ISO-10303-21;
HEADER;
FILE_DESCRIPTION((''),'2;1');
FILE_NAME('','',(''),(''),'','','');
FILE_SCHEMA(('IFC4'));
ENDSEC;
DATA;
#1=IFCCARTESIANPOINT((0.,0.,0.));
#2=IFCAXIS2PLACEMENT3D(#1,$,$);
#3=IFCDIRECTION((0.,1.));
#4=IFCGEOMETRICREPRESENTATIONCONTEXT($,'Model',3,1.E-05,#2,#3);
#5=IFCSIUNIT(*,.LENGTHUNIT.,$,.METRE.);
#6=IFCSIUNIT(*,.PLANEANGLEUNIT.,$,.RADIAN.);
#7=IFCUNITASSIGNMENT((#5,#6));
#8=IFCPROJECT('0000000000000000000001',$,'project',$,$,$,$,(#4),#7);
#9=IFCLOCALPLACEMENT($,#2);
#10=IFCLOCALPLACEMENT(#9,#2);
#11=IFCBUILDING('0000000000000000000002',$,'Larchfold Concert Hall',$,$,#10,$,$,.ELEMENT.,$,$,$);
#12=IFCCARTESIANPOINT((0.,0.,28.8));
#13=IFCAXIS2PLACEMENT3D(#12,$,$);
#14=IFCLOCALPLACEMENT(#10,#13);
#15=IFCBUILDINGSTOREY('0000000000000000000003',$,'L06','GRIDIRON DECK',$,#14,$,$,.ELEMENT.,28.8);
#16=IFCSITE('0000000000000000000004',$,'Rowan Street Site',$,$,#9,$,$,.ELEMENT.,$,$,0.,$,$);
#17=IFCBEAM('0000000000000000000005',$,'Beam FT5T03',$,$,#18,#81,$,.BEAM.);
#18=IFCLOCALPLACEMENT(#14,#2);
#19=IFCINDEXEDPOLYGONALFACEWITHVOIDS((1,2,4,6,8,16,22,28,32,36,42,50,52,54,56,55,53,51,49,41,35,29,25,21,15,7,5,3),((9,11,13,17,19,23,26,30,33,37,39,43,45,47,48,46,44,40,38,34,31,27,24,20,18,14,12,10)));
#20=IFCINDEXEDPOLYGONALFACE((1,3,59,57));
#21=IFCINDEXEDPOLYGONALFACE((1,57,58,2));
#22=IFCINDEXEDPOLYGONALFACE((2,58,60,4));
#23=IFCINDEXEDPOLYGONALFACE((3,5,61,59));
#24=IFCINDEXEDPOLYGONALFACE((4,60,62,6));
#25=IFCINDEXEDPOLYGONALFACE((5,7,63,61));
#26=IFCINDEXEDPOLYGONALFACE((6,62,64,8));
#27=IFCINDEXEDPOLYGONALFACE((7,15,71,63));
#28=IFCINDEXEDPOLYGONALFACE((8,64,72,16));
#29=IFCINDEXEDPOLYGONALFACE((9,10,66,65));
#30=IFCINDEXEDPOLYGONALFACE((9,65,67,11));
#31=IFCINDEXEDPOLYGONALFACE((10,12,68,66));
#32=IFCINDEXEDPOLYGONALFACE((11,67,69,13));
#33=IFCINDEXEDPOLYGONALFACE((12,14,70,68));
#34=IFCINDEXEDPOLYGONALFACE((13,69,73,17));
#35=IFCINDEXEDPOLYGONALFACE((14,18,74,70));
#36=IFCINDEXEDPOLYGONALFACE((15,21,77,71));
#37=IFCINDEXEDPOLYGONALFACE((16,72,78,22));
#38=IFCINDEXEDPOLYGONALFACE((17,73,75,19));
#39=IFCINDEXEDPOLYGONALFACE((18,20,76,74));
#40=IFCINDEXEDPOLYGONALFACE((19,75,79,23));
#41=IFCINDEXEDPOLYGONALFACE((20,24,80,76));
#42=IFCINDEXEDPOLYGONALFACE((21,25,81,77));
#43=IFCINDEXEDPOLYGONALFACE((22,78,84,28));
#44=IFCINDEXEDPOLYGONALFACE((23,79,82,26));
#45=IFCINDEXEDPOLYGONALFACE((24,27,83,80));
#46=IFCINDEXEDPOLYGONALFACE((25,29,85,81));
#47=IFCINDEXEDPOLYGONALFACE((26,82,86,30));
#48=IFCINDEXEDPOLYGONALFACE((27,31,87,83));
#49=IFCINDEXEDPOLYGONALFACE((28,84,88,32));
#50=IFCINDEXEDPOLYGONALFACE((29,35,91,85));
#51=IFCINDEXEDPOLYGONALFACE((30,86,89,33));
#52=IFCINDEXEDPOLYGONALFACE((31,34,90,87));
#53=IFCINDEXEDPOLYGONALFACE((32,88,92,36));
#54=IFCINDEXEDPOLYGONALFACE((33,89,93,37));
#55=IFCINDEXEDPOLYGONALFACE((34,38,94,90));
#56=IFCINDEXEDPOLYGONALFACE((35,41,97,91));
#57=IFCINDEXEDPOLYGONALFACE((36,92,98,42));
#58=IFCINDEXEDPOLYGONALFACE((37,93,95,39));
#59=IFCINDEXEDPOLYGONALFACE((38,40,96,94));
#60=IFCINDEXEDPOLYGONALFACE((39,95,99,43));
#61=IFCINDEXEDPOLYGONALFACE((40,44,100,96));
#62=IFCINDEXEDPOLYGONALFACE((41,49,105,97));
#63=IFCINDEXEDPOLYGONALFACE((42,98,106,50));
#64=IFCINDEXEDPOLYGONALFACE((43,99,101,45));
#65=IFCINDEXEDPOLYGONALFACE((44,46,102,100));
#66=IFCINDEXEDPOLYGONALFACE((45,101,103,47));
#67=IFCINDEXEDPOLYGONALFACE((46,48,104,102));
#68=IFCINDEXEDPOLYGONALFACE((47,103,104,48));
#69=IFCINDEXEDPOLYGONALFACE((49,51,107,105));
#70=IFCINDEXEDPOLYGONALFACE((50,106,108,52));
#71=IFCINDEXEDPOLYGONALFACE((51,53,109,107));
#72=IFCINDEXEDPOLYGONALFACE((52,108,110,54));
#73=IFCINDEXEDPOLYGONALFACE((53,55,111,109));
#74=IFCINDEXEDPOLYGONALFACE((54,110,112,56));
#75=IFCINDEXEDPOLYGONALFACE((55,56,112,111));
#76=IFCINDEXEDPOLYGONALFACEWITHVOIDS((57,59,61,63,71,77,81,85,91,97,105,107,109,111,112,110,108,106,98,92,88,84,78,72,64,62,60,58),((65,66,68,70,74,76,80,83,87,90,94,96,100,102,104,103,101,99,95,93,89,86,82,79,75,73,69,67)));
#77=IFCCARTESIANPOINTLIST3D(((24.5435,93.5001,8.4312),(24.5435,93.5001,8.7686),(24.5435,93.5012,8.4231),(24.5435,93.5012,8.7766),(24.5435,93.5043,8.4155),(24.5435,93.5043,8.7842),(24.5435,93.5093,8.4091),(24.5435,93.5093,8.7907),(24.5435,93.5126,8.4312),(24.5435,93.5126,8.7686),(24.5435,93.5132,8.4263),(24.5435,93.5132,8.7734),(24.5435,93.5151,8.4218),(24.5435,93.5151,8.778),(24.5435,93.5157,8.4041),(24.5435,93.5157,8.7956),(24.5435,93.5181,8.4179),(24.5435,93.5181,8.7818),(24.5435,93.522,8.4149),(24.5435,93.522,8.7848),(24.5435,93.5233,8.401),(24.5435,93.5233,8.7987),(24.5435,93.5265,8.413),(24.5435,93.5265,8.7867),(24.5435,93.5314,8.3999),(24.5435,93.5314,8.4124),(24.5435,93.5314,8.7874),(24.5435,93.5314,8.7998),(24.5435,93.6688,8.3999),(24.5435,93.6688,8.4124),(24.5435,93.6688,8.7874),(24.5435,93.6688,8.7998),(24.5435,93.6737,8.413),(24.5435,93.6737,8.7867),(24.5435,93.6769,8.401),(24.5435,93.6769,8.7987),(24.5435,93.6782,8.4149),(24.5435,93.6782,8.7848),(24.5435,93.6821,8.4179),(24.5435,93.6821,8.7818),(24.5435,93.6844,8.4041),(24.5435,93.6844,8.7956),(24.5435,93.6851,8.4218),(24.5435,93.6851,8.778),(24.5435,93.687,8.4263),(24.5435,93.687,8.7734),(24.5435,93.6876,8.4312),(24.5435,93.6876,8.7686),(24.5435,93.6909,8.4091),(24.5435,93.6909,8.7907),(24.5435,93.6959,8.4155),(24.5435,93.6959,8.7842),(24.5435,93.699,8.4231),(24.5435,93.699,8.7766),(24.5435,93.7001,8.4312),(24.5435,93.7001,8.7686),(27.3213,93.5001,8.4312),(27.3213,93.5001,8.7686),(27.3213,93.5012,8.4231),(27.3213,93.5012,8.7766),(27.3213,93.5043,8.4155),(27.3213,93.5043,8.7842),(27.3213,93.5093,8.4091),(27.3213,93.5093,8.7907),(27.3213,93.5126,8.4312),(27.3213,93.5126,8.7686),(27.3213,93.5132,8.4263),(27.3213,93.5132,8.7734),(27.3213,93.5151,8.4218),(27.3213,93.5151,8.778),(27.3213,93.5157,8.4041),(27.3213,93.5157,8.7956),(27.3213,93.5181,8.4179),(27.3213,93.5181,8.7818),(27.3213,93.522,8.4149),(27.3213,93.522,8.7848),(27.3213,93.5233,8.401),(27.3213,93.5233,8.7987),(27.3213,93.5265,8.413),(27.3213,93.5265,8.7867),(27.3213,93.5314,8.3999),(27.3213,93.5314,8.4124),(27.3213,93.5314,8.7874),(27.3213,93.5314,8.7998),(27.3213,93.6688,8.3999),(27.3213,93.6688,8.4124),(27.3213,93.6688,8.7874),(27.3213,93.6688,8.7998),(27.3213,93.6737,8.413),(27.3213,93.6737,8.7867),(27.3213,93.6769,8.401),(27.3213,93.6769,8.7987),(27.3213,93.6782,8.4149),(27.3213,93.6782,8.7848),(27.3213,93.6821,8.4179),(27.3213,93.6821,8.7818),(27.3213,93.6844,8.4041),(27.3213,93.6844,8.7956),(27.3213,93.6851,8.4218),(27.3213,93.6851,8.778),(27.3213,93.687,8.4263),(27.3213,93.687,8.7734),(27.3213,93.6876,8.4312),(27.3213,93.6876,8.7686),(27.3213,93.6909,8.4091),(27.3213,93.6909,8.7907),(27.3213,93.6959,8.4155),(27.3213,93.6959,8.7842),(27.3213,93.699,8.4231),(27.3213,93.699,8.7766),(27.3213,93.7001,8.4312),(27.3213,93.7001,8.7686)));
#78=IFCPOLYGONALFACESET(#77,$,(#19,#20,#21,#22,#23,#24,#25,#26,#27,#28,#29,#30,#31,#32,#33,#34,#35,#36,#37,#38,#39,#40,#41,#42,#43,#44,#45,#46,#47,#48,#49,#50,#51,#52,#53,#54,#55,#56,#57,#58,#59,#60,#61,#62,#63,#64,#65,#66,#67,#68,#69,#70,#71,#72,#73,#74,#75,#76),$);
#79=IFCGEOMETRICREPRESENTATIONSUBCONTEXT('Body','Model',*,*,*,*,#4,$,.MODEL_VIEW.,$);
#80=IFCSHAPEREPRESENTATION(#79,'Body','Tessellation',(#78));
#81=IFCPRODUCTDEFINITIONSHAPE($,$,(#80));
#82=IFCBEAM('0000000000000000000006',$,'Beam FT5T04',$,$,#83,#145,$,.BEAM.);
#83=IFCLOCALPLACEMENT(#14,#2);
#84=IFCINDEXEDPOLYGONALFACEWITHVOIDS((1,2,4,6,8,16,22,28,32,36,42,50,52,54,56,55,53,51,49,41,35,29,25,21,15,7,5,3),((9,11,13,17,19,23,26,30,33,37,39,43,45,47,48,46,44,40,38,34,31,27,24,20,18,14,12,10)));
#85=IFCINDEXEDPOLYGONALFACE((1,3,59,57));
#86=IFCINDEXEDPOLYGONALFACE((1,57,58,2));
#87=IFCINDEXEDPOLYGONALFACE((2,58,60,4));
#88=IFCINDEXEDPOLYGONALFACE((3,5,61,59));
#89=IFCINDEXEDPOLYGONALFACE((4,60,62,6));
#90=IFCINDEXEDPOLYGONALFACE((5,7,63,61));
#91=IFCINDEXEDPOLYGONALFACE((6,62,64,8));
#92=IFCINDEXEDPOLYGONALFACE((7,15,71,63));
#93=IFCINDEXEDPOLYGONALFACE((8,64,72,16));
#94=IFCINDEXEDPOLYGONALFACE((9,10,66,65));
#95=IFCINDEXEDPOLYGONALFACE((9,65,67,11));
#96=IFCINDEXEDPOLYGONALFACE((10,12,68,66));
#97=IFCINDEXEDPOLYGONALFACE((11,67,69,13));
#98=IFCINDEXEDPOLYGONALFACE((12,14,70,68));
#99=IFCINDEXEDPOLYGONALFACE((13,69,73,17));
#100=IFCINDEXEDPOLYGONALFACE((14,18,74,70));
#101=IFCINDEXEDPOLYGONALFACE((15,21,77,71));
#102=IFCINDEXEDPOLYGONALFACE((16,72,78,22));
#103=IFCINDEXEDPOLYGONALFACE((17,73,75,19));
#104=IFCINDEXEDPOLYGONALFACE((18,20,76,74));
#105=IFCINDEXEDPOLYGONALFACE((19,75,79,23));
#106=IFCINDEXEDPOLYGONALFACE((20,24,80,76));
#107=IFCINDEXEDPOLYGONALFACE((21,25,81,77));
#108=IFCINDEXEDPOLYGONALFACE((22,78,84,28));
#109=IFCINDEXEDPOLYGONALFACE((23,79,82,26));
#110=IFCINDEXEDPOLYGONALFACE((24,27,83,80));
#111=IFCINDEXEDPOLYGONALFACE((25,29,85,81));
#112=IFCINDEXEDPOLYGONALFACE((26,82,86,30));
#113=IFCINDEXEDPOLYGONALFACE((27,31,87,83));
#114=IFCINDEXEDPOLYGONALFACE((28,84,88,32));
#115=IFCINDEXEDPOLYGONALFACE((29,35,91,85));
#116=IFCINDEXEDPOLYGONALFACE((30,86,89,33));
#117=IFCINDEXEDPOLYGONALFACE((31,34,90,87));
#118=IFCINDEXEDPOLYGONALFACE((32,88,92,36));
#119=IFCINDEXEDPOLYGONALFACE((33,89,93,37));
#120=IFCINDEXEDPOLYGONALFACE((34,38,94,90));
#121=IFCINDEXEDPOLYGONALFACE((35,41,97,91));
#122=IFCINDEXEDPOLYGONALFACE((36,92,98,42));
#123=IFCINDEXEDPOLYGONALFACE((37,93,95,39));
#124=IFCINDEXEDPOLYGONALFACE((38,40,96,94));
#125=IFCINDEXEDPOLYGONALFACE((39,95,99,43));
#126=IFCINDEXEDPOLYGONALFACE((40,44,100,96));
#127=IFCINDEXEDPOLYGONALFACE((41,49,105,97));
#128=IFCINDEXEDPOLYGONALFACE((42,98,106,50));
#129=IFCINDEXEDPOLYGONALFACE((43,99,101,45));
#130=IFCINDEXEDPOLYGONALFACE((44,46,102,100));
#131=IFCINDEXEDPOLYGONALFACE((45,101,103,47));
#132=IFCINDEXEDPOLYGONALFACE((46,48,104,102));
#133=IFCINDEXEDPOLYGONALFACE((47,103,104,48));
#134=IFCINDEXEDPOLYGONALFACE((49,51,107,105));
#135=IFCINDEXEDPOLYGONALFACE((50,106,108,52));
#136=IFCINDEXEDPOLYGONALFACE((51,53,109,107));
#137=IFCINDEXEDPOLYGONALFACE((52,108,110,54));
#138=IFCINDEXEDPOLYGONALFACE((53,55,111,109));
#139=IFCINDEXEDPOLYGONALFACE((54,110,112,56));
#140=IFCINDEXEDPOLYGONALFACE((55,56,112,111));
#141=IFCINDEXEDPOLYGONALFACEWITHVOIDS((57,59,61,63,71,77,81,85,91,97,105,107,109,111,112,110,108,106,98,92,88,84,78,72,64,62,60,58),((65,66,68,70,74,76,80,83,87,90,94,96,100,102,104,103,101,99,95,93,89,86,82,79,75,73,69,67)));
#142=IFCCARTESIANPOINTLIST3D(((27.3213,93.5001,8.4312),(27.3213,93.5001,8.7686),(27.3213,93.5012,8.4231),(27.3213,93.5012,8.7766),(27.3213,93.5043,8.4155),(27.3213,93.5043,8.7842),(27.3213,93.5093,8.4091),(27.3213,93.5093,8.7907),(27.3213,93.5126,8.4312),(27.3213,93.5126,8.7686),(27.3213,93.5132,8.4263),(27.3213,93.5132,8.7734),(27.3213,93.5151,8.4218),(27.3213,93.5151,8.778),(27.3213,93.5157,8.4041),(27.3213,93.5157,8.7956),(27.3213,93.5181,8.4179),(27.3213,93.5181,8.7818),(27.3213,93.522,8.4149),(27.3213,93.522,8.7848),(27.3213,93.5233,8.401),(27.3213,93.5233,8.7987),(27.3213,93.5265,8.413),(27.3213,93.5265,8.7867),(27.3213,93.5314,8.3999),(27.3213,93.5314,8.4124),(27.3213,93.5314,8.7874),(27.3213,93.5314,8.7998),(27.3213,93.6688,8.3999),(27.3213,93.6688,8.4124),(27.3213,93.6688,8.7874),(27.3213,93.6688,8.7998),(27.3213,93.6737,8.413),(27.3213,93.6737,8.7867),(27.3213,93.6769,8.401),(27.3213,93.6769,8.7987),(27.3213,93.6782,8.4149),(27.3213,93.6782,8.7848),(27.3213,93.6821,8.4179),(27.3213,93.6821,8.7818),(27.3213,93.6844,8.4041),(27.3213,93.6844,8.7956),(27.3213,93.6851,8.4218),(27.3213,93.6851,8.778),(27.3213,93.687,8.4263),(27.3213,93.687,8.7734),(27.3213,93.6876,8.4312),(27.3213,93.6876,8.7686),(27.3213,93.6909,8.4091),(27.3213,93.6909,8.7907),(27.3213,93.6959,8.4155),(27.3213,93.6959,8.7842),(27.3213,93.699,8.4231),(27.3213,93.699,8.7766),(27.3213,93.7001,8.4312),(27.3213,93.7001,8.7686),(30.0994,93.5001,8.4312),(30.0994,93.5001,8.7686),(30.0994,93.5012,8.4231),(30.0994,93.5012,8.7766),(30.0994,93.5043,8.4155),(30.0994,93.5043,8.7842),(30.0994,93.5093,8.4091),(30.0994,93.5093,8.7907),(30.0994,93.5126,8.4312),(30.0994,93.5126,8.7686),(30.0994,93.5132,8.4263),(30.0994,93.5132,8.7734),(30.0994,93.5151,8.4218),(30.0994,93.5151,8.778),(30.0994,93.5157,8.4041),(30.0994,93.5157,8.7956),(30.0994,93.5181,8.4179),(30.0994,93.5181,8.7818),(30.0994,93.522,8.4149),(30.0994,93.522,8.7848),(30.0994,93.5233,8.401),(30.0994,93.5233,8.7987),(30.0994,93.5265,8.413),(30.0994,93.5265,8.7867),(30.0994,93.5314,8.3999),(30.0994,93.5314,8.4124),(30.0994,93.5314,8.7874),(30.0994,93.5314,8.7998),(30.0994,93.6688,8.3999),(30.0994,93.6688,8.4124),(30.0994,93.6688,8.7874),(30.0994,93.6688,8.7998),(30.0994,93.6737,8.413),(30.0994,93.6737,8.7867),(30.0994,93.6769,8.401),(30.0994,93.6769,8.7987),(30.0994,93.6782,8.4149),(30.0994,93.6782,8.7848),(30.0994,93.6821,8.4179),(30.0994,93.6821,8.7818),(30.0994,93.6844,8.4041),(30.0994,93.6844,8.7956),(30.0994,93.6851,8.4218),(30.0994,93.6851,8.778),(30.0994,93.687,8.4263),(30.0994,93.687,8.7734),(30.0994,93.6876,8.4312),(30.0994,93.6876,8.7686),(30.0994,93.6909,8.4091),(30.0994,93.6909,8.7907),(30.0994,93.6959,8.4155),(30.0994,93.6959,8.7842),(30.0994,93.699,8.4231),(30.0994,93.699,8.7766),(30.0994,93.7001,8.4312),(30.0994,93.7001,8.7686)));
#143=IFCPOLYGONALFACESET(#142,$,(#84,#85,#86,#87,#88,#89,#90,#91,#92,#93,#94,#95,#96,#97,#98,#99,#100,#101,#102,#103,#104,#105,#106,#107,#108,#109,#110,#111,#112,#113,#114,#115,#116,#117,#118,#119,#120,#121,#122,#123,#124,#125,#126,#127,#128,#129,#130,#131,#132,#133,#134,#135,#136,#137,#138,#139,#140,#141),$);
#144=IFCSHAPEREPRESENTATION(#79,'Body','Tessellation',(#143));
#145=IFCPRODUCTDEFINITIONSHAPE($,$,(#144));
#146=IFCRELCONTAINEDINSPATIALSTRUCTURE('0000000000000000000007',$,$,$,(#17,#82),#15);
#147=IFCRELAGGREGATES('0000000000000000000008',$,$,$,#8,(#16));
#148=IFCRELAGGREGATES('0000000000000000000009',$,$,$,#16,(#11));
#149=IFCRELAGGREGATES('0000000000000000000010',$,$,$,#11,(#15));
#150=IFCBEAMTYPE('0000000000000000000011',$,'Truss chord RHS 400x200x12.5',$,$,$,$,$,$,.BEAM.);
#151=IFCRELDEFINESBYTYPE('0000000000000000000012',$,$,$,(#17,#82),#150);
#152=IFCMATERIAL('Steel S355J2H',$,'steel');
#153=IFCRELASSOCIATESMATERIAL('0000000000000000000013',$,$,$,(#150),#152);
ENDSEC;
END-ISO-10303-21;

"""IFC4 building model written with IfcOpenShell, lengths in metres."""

from ifc_helpers import new_model, si_unit, direction, frame, origin, origin_2d, place, context, subcontext, project, spatial, hollow_rectangle, extrude, material, material_profile, profile_set, type_object, element, save


model = new_model("IFC4")

# Units and contexts
model_context = context("Model", 3, precision=1e-05, world=origin(), true_north=direction((0.0, 1.0)))
body_context = subcontext(model_context, "Body", "Model", "MODEL_VIEW")
ifc_project = project(units=[si_unit("LENGTHUNIT", "METRE"), si_unit("PLANEANGLEUNIT", "RADIAN")], contexts=[model_context])

# Site, building, storey
site_placement = place(None, origin())
site = spatial("IfcSite", under=ifc_project, at=site_placement, Name="Rowan Street Site", CompositionType="ELEMENT", RefElevation=0.0)
building_placement = place(site_placement, origin())
building = spatial("IfcBuilding", under=site, at=building_placement, Name="Larchfold Concert Hall", CompositionType="ELEMENT")
storey_placement = place(building_placement, frame((0.0, 0.0, 28.8)))
storey = spatial("IfcBuildingStorey", under=building, at=storey_placement, Name="L06", Description="GRIDIRON DECK", CompositionType="ELEMENT", Elevation=28.8)

# Beams
ifc_material_1 = material(Name="Steel S355J2H", Category="steel")
ifc_material_profile_1 = material_profile(ifc_material_1, hollow_rectangle(XDim=0.2, YDim=0.3999, WallThickness=0.0125, InnerFilletRadius=0.0188, OuterFilletRadius=0.0312, at=origin_2d()))
ifc_profile_set_1 = profile_set([ifc_material_profile_1], Name="Steel S355J2H")
beam_type_1 = type_object("IfcBeamType", Name="Truss chord RHS 400x200x12.5", PredefinedType="BEAM", material=ifc_profile_set_1)
beam_1_placement = place(storey_placement, frame((24.5435, 93.6001, 8.5999), z_axis=(1.0, 0.0, 0.0), x_axis=(0.0, 1.0, 0.0)))
element("IfcBeam", 1, at=beam_1_placement, inside=storey, type_object=beam_type_1, Name="Beam FT5T03", PredefinedType="BEAM", context=body_context, shape_type="SweptSolid", body=[
    extrude(hollow_rectangle(XDim=0.2, YDim=0.3999, WallThickness=0.0125, InnerFilletRadius=0.0188, OuterFilletRadius=0.0312, at=origin_2d()), origin(), (0.0, 0.0, 1.0), 2.7778),
])
beam_2_placement = place(storey_placement, frame((27.3213, 93.6001, 8.5999), z_axis=(1.0, 0.0, 0.0), x_axis=(0.0, 1.0, 0.0)))
element("IfcBeam", 2, at=beam_2_placement, inside=storey, type_object=beam_type_1, Name="Beam FT5T04", PredefinedType="BEAM", context=body_context, shape_type="SweptSolid", body=[
    extrude(hollow_rectangle(XDim=0.2, YDim=0.3999, WallThickness=0.0125, InnerFilletRadius=0.0188, OuterFilletRadius=0.0312, at=origin_2d()), origin(), (0.0, 0.0, 1.0), 2.7781),
])

save(model, "model.ifc")
